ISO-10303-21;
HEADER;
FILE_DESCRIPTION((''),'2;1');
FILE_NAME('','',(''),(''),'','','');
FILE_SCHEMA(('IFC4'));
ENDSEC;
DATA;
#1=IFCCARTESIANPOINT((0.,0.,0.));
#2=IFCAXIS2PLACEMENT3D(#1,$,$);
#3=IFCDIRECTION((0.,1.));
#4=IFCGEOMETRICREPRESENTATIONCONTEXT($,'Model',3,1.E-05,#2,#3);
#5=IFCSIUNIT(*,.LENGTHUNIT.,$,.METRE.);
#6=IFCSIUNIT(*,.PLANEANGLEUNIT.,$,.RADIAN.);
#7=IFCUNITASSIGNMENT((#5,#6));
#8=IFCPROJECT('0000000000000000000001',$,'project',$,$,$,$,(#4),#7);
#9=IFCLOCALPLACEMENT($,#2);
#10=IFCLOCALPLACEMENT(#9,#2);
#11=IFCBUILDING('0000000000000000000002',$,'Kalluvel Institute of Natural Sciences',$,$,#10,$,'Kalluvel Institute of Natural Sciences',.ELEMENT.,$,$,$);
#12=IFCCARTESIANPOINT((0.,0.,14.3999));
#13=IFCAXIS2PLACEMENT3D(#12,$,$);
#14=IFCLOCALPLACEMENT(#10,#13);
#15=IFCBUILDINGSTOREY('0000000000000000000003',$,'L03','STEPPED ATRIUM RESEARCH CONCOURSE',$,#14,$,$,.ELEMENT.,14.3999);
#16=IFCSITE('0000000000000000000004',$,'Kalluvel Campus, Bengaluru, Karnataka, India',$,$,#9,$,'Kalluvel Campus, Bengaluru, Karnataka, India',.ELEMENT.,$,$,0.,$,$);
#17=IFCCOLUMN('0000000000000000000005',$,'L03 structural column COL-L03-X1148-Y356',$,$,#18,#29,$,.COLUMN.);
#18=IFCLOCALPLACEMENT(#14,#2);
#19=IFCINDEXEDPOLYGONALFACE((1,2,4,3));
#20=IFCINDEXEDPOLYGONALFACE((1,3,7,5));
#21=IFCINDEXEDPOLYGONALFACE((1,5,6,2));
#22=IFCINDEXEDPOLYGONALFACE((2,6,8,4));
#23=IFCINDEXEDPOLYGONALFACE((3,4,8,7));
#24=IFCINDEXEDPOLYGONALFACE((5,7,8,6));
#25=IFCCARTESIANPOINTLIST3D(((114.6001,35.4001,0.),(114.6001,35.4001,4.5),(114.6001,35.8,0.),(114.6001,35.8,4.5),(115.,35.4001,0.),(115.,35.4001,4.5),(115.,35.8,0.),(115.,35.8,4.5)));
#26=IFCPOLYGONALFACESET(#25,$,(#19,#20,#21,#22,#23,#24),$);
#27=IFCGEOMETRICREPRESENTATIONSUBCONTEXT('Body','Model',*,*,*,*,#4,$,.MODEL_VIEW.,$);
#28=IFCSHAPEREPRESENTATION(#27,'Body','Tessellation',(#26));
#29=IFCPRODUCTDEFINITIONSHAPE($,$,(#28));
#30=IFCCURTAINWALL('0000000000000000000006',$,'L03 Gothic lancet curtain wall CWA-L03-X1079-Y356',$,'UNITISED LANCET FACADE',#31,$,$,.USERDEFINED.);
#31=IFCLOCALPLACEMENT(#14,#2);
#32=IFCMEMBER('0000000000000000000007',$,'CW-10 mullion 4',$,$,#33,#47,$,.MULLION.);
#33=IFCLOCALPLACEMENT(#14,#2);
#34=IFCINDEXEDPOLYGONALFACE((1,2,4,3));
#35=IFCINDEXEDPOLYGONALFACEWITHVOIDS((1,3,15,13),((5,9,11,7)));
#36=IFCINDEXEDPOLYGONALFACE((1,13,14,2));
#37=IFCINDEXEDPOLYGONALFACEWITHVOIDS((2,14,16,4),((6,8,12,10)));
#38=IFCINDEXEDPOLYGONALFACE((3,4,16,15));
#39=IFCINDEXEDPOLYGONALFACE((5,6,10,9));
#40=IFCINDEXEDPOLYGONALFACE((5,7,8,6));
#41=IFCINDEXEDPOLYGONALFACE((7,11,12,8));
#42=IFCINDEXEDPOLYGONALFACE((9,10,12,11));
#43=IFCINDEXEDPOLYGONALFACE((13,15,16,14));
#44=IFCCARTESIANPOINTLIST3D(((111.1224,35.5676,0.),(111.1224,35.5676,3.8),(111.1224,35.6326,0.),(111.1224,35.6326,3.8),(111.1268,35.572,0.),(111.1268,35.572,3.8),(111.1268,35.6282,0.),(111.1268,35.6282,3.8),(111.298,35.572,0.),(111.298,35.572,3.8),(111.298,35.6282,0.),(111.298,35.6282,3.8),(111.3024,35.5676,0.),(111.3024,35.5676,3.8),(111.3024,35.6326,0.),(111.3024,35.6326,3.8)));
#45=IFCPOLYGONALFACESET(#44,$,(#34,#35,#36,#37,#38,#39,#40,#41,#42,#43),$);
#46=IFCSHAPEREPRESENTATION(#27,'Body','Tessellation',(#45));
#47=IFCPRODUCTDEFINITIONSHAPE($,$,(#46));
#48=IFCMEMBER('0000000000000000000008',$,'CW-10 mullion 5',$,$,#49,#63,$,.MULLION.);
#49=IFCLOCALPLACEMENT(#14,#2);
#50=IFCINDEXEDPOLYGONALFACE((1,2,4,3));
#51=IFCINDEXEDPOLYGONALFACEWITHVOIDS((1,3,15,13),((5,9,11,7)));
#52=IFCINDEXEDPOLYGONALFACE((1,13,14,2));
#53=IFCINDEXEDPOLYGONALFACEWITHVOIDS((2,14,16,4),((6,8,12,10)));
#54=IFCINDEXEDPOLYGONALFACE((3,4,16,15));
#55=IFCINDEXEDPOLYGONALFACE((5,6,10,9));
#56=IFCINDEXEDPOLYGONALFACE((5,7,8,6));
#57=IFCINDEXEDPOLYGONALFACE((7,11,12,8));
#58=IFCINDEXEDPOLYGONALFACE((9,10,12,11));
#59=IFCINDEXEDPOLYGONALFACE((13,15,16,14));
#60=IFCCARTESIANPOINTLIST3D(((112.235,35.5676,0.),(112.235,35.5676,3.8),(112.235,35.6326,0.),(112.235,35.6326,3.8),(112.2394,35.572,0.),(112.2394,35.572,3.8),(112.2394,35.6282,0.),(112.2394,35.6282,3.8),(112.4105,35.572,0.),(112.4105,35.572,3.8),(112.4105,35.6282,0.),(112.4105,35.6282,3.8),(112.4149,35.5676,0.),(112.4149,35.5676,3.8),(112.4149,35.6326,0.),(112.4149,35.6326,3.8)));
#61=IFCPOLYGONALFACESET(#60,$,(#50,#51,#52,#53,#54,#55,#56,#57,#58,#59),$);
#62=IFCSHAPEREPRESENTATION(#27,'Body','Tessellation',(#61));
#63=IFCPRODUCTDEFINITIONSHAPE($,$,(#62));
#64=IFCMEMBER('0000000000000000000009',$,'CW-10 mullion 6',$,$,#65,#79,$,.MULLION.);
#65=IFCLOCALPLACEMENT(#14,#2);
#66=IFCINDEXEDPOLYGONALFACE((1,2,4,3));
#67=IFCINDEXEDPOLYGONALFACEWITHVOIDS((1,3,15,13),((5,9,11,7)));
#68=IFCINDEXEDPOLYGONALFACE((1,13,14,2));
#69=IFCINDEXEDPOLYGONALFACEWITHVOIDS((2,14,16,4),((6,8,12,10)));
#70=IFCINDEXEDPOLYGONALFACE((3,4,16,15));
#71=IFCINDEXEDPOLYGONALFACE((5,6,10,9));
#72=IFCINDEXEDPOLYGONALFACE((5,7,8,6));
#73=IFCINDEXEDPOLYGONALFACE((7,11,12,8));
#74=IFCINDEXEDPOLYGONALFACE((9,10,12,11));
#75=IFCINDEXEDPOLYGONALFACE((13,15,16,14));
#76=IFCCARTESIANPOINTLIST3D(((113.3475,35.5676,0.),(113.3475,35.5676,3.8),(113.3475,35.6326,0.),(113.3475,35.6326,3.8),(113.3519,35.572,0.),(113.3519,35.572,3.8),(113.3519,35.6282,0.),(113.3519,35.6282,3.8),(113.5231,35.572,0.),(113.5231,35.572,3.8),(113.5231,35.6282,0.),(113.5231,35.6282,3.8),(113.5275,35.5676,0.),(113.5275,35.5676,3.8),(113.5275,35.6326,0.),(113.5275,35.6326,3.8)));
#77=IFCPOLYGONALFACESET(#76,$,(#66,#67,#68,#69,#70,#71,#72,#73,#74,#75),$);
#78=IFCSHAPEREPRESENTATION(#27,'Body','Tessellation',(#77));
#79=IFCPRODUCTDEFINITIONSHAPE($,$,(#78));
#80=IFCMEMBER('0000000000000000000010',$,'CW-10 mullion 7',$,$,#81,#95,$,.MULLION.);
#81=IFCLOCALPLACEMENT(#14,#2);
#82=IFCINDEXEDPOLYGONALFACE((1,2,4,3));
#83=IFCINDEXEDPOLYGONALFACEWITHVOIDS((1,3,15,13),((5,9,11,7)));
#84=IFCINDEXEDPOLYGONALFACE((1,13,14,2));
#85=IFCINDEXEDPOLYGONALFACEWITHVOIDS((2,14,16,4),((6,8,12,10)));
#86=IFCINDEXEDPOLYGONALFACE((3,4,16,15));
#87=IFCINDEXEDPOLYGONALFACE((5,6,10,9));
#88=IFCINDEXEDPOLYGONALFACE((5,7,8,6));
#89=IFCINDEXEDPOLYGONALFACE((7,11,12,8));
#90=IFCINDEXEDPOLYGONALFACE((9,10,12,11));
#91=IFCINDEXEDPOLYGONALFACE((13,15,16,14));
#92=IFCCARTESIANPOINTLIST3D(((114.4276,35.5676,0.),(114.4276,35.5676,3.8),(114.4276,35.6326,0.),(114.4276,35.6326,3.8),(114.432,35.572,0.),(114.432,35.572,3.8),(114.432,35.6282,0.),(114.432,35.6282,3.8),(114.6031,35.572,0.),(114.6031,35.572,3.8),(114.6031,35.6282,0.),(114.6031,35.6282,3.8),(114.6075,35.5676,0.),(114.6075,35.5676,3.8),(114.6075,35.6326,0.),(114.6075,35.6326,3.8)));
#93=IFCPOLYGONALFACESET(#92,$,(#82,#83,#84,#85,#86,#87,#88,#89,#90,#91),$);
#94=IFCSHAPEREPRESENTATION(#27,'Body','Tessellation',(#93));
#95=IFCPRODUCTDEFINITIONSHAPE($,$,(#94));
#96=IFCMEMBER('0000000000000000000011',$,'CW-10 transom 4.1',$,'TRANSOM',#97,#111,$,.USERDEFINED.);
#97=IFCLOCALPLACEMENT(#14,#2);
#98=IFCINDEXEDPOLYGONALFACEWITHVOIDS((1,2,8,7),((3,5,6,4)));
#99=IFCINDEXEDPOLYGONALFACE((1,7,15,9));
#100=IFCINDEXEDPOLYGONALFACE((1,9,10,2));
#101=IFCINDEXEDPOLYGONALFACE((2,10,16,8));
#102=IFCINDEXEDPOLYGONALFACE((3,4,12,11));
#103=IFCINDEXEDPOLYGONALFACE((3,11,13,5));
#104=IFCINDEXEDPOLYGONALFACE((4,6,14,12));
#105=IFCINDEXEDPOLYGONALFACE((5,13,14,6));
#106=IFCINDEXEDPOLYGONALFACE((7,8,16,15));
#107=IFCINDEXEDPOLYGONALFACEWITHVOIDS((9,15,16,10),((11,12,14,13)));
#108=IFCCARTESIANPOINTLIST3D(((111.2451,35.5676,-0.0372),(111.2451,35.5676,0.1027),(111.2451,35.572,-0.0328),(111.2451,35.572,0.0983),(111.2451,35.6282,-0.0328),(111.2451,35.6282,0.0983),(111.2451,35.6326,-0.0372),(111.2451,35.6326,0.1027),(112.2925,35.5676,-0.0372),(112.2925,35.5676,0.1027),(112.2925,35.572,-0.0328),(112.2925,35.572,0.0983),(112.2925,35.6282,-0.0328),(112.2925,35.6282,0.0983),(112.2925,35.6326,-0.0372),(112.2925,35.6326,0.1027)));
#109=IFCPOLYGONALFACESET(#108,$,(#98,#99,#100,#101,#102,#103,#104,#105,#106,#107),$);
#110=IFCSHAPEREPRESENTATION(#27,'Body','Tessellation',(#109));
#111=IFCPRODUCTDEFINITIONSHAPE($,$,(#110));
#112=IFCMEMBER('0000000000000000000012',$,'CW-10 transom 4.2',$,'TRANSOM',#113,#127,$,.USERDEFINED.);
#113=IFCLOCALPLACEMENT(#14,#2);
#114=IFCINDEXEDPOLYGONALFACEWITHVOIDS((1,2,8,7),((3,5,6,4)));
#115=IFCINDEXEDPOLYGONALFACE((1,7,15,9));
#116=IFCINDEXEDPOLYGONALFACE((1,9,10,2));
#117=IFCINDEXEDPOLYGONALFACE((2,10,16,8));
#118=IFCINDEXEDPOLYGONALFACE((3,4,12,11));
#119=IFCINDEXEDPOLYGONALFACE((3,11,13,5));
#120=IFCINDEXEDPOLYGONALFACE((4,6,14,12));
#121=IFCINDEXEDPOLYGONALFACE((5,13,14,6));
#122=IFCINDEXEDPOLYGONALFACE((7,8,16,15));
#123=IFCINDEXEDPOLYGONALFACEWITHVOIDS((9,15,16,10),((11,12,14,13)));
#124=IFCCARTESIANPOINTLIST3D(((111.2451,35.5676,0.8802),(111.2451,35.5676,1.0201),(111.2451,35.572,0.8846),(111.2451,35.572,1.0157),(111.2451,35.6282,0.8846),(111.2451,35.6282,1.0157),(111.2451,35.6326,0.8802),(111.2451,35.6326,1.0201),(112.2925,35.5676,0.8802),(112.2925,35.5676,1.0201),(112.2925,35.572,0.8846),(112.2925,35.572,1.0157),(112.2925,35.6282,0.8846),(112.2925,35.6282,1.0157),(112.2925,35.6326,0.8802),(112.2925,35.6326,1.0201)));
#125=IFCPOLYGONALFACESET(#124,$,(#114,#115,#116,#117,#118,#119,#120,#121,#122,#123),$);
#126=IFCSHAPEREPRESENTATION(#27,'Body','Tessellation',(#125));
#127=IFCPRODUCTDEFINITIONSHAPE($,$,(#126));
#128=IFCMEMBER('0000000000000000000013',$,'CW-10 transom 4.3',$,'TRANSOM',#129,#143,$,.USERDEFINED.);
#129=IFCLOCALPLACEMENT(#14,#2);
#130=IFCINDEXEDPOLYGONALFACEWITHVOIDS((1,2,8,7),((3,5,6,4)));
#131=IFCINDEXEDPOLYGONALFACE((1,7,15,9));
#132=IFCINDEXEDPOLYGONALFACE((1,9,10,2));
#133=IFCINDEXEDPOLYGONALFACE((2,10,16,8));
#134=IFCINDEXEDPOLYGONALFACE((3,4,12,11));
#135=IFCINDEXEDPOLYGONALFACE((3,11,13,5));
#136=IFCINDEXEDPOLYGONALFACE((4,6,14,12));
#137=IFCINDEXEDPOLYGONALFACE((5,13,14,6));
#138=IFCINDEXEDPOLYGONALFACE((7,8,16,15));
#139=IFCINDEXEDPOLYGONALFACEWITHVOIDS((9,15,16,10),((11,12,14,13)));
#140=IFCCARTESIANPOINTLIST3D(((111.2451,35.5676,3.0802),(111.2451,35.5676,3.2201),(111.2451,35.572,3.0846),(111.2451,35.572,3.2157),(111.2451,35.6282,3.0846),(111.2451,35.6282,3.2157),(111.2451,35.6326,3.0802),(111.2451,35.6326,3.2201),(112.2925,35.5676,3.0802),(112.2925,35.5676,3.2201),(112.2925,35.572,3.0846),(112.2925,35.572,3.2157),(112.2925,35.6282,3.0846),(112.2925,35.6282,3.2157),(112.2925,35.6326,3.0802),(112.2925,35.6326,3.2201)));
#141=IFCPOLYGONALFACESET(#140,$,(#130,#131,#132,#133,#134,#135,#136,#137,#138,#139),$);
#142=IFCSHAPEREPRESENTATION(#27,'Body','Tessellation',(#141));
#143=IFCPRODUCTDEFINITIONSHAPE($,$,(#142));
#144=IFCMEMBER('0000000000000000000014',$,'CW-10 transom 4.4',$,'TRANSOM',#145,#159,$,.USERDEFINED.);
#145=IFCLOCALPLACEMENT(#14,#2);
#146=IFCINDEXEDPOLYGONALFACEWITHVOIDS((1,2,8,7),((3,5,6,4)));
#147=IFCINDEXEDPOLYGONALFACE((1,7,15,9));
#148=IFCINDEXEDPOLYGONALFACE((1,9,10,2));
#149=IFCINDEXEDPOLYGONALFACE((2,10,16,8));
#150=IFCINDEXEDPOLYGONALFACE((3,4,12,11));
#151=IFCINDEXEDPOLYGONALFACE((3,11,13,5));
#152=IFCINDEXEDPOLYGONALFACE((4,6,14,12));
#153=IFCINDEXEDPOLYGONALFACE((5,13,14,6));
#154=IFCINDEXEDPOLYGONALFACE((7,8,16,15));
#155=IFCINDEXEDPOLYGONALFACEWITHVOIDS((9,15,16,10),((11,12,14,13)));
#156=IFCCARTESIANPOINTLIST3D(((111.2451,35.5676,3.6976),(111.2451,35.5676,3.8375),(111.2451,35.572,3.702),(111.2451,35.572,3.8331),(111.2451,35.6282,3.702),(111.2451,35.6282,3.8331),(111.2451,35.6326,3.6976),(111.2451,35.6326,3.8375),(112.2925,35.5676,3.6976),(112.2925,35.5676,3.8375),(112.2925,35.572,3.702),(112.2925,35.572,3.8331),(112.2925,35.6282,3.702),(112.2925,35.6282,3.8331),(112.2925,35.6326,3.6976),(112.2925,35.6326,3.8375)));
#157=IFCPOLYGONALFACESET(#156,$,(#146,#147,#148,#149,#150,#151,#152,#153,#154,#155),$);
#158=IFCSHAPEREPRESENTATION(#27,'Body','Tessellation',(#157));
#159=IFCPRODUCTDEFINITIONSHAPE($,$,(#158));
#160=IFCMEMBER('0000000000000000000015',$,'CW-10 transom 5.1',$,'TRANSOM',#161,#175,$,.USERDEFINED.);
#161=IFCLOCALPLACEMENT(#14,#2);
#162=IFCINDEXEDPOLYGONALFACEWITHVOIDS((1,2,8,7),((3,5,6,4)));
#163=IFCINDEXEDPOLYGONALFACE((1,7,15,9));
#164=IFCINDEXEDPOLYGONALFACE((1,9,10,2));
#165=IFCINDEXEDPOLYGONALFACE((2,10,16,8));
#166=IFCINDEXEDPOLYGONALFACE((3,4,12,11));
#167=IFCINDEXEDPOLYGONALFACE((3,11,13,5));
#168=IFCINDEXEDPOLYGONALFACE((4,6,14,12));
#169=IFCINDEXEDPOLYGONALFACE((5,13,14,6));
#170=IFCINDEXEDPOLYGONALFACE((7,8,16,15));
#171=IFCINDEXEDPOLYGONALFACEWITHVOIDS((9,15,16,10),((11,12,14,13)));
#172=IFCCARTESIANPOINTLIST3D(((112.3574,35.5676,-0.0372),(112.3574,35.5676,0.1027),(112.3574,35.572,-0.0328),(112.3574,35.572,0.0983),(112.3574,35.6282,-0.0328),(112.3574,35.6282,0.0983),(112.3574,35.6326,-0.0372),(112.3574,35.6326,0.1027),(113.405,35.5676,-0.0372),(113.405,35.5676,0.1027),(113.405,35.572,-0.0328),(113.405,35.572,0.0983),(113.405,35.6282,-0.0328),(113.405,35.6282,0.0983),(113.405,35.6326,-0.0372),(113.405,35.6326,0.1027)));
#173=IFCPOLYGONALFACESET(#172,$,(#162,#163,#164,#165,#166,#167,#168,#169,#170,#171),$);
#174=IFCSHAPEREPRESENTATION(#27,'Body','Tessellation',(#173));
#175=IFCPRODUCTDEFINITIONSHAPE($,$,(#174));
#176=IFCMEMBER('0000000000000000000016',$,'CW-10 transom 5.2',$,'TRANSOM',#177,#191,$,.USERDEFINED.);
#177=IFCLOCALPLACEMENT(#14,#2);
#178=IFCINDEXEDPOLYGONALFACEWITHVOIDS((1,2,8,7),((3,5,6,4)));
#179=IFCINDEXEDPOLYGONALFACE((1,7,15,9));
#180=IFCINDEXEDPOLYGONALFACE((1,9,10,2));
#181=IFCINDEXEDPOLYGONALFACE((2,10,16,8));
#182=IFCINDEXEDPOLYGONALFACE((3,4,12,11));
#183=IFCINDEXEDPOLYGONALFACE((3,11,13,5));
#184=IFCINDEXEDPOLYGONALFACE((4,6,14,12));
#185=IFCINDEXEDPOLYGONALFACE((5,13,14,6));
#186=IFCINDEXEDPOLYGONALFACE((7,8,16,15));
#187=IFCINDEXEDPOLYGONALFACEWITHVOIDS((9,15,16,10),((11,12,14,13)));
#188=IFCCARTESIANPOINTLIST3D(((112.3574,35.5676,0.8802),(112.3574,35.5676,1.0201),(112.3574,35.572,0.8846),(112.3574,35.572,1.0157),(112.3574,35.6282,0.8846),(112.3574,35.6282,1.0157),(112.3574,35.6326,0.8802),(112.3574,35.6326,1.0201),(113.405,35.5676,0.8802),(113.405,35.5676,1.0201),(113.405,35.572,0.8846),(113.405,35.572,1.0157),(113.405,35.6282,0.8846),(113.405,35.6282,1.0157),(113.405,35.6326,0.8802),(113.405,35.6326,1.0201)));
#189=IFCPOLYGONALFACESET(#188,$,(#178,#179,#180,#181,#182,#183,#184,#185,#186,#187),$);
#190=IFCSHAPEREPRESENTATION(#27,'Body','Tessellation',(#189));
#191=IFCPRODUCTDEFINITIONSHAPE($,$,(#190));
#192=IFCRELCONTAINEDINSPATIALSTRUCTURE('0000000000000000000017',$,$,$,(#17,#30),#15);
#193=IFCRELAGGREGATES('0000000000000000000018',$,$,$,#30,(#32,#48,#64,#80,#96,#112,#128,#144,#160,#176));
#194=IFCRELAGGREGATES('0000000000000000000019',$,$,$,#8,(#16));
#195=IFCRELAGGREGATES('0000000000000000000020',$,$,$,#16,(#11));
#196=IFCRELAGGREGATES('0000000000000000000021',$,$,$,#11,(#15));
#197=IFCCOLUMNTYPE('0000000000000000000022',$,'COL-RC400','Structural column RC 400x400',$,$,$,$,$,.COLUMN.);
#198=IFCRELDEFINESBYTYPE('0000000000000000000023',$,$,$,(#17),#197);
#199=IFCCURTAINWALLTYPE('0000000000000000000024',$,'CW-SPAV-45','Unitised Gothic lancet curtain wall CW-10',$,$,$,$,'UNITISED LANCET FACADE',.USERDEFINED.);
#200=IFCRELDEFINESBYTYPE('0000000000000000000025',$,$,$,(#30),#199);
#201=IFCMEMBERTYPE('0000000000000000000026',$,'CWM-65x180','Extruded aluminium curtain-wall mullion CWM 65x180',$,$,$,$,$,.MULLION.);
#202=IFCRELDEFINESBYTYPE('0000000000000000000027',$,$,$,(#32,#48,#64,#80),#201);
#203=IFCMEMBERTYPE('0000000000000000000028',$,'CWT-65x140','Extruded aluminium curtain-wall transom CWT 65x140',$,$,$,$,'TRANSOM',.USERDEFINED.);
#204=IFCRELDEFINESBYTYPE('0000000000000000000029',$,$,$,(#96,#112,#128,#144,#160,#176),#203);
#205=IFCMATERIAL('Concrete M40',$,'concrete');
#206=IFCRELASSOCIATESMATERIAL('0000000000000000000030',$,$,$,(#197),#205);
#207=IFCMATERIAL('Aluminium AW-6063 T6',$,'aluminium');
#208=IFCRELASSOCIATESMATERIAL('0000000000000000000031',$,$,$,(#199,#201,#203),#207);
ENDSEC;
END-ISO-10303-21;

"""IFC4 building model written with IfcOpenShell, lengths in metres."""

from ifc_helpers import new_model, si_unit, direction, frame, origin, origin_2d, place, context, subcontext, project, spatial, rectangle, hollow_rectangle, extrude, material, material_profile, profile_set, type_object, element, aggregate, save


model = new_model("IFC4")

# Units and contexts
model_context = context("Model", 3, precision=1e-05, world=origin(), true_north=direction((0.0, 1.0)))
body_context = subcontext(model_context, "Body", "Model", "MODEL_VIEW")
ifc_project = project(units=[si_unit("LENGTHUNIT", "METRE"), si_unit("PLANEANGLEUNIT", "RADIAN")], contexts=[model_context])

# Site, building, storey
site_placement = place(None, origin())
site = spatial("IfcSite", under=ifc_project, at=site_placement, Name="Kalluvel Campus, Bengaluru, Karnataka, India", LongName="Kalluvel Campus, Bengaluru, Karnataka, India", CompositionType="ELEMENT", RefElevation=0.0)
building_placement = place(site_placement, origin())
building = spatial("IfcBuilding", under=site, at=building_placement, Name="Kalluvel Institute of Natural Sciences", LongName="Kalluvel Institute of Natural Sciences", CompositionType="ELEMENT")
storey_placement = place(building_placement, frame((0.0, 0.0, 14.3999)))
storey = spatial("IfcBuildingStorey", under=building, at=storey_placement, Name="L03", Description="STEPPED ATRIUM RESEARCH CONCOURSE", CompositionType="ELEMENT", Elevation=14.3999)

# Column
ifc_material_1 = material(Name="Concrete M40", Category="concrete")
ifc_material_profile_1 = material_profile(ifc_material_1, rectangle(XDim=0.3999, YDim=0.3999, at=origin_2d()), Name="RC 400x400")
ifc_profile_set_1 = profile_set([ifc_material_profile_1], Name="Concrete M40")
column_type = type_object("IfcColumnType", Name="COL-RC400", Description="Structural column RC 400x400", PredefinedType="COLUMN", material=ifc_profile_set_1)
column_placement = place(storey_placement, frame((114.8, 35.6001, 0.0), z_axis=(0.0, 0.0, 1.0), x_axis=(1.0, 0.0, 0.0)))
element("IfcColumn", 1, at=column_placement, inside=storey, type_object=column_type, Name="L03 structural column COL-L03-X1148-Y356", PredefinedType="COLUMN", context=body_context, shape_type="SweptSolid", body=[
    extrude(rectangle(XDim=0.3999, YDim=0.3999, at=origin_2d()), origin(), (0.0, 0.0, 1.0), 4.5),
])

# Curtain wall, members
ifc_material_2 = material(Name="Aluminium AW-6063 T6", Category="aluminium")
curtain_wall_type = type_object("IfcCurtainWallType", Name="CW-SPAV-45", Description="Unitised Gothic lancet curtain wall CW-10", ElementType="UNITISED LANCET FACADE", PredefinedType="USERDEFINED", material=ifc_material_2)
curtain_wall_placement = place(storey_placement, origin())
curtain_wall = element("IfcCurtainWall", 2, at=curtain_wall_placement, inside=storey, type_object=curtain_wall_type, Name="L03 Gothic lancet curtain wall CWA-L03-X1079-Y356", ObjectType="UNITISED LANCET FACADE", PredefinedType="USERDEFINED")
ifc_material_profile_2 = material_profile(ifc_material_2, hollow_rectangle(XDim=0.0649, YDim=0.1799, WallThickness=0.0044, at=origin_2d()), Name="CWM 65x180")
ifc_profile_set_2 = profile_set([ifc_material_profile_2], Name="Aluminium AW-6063 T6")
member_type_1 = type_object("IfcMemberType", Name="CWM-65x180", Description="Extruded aluminium curtain-wall mullion CWM 65x180", PredefinedType="MULLION", material=ifc_profile_set_2)
member_1_placement = place(storey_placement, frame((111.2124, 35.6001, 0.0), z_axis=(0.0, 0.0, 1.0), x_axis=(0.0, 1.0, 0.0)))
member_1 = element("IfcMember", 3, at=member_1_placement, type_object=member_type_1, Name="CW-10 mullion 4", PredefinedType="MULLION", context=body_context, shape_type="SweptSolid", body=[
    extrude(hollow_rectangle(XDim=0.0649, YDim=0.1799, WallThickness=0.0044, at=origin_2d()), origin(), (0.0, 0.0, 1.0), 3.8),
])
member_2_placement = place(storey_placement, frame((112.325, 35.6001, 0.0), z_axis=(0.0, 0.0, 1.0), x_axis=(0.0, 1.0, 0.0)))
member_2 = element("IfcMember", 4, at=member_2_placement, type_object=member_type_1, Name="CW-10 mullion 5", PredefinedType="MULLION", context=body_context, shape_type="SweptSolid", body=[
    extrude(hollow_rectangle(XDim=0.0649, YDim=0.1799, WallThickness=0.0044, at=origin_2d()), origin(), (0.0, 0.0, 1.0), 3.8),
])
member_3_placement = place(storey_placement, frame((113.4375, 35.6001, 0.0), z_axis=(0.0, 0.0, 1.0), x_axis=(0.0, 1.0, 0.0)))
member_3 = element("IfcMember", 5, at=member_3_placement, type_object=member_type_1, Name="CW-10 mullion 6", PredefinedType="MULLION", context=body_context, shape_type="SweptSolid", body=[
    extrude(hollow_rectangle(XDim=0.0649, YDim=0.1799, WallThickness=0.0044, at=origin_2d()), origin(), (0.0, 0.0, 1.0), 3.8),
])
member_4_placement = place(storey_placement, frame((114.5176, 35.6001, 0.0), z_axis=(0.0, 0.0, 1.0), x_axis=(0.0, 1.0, 0.0)))
member_4 = element("IfcMember", 6, at=member_4_placement, type_object=member_type_1, Name="CW-10 mullion 7", PredefinedType="MULLION", context=body_context, shape_type="SweptSolid", body=[
    extrude(hollow_rectangle(XDim=0.0649, YDim=0.1799, WallThickness=0.0044, at=origin_2d()), origin(), (0.0, 0.0, 1.0), 3.8),
])
ifc_material_profile_3 = material_profile(ifc_material_2, hollow_rectangle(XDim=0.0649, YDim=0.1399, WallThickness=0.0044, at=origin_2d()), Name="CWT 65x140")
ifc_profile_set_3 = profile_set([ifc_material_profile_3], Name="Aluminium AW-6063 T6")
member_type_2 = type_object("IfcMemberType", Name="CWT-65x140", Description="Extruded aluminium curtain-wall transom CWT 65x140", ElementType="TRANSOM", PredefinedType="USERDEFINED", material=ifc_profile_set_3)
member_5_placement = place(storey_placement, frame((111.2451, 35.6001, 0.0327), z_axis=(1.0, 0.0, 0.0), x_axis=(0.0, 1.0, 0.0)))
member_5 = element("IfcMember", 7, at=member_5_placement, type_object=member_type_2, Name="CW-10 transom 4.1", ObjectType="TRANSOM", PredefinedType="USERDEFINED", context=body_context, shape_type="SweptSolid", body=[
    extrude(hollow_rectangle(XDim=0.0649, YDim=0.1399, WallThickness=0.0044, at=origin_2d()), origin(), (0.0, 0.0, 1.0), 1.0474),
])
member_6_placement = place(storey_placement, frame((111.2451, 35.6001, 0.9502), z_axis=(1.0, 0.0, 0.0), x_axis=(0.0, 1.0, 0.0)))
member_6 = element("IfcMember", 8, at=member_6_placement, type_object=member_type_2, Name="CW-10 transom 4.2", ObjectType="TRANSOM", PredefinedType="USERDEFINED", context=body_context, shape_type="SweptSolid", body=[
    extrude(hollow_rectangle(XDim=0.0649, YDim=0.1399, WallThickness=0.0044, at=origin_2d()), origin(), (0.0, 0.0, 1.0), 1.0474),
])
member_7_placement = place(storey_placement, frame((111.2451, 35.6001, 3.1501), z_axis=(1.0, 0.0, 0.0), x_axis=(0.0, 1.0, 0.0)))
member_7 = element("IfcMember", 9, at=member_7_placement, type_object=member_type_2, Name="CW-10 transom 4.3", ObjectType="TRANSOM", PredefinedType="USERDEFINED", context=body_context, shape_type="SweptSolid", body=[
    extrude(hollow_rectangle(XDim=0.0649, YDim=0.1399, WallThickness=0.0044, at=origin_2d()), origin(), (0.0, 0.0, 1.0), 1.0474),
])
member_8_placement = place(storey_placement, frame((111.2451, 35.6001, 3.7676), z_axis=(1.0, 0.0, 0.0), x_axis=(0.0, 1.0, 0.0)))
member_8 = element("IfcMember", 10, at=member_8_placement, type_object=member_type_2, Name="CW-10 transom 4.4", ObjectType="TRANSOM", PredefinedType="USERDEFINED", context=body_context, shape_type="SweptSolid", body=[
    extrude(hollow_rectangle(XDim=0.0649, YDim=0.1399, WallThickness=0.0044, at=origin_2d()), origin(), (0.0, 0.0, 1.0), 1.0474),
])
member_9_placement = place(storey_placement, frame((112.3574, 35.6001, 0.0327), z_axis=(1.0, 0.0, 0.0), x_axis=(0.0, 1.0, 0.0)))
member_9 = element("IfcMember", 11, at=member_9_placement, type_object=member_type_2, Name="CW-10 transom 5.1", ObjectType="TRANSOM", PredefinedType="USERDEFINED", context=body_context, shape_type="SweptSolid", body=[
    extrude(hollow_rectangle(XDim=0.0649, YDim=0.1399, WallThickness=0.0044, at=origin_2d()), origin(), (0.0, 0.0, 1.0), 1.0476),
])
member_10_placement = place(storey_placement, frame((112.3574, 35.6001, 0.9502), z_axis=(1.0, 0.0, 0.0), x_axis=(0.0, 1.0, 0.0)))
member_10 = element("IfcMember", 12, at=member_10_placement, type_object=member_type_2, Name="CW-10 transom 5.2", ObjectType="TRANSOM", PredefinedType="USERDEFINED", context=body_context, shape_type="SweptSolid", body=[
    extrude(hollow_rectangle(XDim=0.0649, YDim=0.1399, WallThickness=0.0044, at=origin_2d()), origin(), (0.0, 0.0, 1.0), 1.0476),
])
aggregate(curtain_wall, [member_1, member_2, member_3, member_4, member_5, member_6, member_7, member_8, member_9, member_10])

save(model, "model.ifc")
